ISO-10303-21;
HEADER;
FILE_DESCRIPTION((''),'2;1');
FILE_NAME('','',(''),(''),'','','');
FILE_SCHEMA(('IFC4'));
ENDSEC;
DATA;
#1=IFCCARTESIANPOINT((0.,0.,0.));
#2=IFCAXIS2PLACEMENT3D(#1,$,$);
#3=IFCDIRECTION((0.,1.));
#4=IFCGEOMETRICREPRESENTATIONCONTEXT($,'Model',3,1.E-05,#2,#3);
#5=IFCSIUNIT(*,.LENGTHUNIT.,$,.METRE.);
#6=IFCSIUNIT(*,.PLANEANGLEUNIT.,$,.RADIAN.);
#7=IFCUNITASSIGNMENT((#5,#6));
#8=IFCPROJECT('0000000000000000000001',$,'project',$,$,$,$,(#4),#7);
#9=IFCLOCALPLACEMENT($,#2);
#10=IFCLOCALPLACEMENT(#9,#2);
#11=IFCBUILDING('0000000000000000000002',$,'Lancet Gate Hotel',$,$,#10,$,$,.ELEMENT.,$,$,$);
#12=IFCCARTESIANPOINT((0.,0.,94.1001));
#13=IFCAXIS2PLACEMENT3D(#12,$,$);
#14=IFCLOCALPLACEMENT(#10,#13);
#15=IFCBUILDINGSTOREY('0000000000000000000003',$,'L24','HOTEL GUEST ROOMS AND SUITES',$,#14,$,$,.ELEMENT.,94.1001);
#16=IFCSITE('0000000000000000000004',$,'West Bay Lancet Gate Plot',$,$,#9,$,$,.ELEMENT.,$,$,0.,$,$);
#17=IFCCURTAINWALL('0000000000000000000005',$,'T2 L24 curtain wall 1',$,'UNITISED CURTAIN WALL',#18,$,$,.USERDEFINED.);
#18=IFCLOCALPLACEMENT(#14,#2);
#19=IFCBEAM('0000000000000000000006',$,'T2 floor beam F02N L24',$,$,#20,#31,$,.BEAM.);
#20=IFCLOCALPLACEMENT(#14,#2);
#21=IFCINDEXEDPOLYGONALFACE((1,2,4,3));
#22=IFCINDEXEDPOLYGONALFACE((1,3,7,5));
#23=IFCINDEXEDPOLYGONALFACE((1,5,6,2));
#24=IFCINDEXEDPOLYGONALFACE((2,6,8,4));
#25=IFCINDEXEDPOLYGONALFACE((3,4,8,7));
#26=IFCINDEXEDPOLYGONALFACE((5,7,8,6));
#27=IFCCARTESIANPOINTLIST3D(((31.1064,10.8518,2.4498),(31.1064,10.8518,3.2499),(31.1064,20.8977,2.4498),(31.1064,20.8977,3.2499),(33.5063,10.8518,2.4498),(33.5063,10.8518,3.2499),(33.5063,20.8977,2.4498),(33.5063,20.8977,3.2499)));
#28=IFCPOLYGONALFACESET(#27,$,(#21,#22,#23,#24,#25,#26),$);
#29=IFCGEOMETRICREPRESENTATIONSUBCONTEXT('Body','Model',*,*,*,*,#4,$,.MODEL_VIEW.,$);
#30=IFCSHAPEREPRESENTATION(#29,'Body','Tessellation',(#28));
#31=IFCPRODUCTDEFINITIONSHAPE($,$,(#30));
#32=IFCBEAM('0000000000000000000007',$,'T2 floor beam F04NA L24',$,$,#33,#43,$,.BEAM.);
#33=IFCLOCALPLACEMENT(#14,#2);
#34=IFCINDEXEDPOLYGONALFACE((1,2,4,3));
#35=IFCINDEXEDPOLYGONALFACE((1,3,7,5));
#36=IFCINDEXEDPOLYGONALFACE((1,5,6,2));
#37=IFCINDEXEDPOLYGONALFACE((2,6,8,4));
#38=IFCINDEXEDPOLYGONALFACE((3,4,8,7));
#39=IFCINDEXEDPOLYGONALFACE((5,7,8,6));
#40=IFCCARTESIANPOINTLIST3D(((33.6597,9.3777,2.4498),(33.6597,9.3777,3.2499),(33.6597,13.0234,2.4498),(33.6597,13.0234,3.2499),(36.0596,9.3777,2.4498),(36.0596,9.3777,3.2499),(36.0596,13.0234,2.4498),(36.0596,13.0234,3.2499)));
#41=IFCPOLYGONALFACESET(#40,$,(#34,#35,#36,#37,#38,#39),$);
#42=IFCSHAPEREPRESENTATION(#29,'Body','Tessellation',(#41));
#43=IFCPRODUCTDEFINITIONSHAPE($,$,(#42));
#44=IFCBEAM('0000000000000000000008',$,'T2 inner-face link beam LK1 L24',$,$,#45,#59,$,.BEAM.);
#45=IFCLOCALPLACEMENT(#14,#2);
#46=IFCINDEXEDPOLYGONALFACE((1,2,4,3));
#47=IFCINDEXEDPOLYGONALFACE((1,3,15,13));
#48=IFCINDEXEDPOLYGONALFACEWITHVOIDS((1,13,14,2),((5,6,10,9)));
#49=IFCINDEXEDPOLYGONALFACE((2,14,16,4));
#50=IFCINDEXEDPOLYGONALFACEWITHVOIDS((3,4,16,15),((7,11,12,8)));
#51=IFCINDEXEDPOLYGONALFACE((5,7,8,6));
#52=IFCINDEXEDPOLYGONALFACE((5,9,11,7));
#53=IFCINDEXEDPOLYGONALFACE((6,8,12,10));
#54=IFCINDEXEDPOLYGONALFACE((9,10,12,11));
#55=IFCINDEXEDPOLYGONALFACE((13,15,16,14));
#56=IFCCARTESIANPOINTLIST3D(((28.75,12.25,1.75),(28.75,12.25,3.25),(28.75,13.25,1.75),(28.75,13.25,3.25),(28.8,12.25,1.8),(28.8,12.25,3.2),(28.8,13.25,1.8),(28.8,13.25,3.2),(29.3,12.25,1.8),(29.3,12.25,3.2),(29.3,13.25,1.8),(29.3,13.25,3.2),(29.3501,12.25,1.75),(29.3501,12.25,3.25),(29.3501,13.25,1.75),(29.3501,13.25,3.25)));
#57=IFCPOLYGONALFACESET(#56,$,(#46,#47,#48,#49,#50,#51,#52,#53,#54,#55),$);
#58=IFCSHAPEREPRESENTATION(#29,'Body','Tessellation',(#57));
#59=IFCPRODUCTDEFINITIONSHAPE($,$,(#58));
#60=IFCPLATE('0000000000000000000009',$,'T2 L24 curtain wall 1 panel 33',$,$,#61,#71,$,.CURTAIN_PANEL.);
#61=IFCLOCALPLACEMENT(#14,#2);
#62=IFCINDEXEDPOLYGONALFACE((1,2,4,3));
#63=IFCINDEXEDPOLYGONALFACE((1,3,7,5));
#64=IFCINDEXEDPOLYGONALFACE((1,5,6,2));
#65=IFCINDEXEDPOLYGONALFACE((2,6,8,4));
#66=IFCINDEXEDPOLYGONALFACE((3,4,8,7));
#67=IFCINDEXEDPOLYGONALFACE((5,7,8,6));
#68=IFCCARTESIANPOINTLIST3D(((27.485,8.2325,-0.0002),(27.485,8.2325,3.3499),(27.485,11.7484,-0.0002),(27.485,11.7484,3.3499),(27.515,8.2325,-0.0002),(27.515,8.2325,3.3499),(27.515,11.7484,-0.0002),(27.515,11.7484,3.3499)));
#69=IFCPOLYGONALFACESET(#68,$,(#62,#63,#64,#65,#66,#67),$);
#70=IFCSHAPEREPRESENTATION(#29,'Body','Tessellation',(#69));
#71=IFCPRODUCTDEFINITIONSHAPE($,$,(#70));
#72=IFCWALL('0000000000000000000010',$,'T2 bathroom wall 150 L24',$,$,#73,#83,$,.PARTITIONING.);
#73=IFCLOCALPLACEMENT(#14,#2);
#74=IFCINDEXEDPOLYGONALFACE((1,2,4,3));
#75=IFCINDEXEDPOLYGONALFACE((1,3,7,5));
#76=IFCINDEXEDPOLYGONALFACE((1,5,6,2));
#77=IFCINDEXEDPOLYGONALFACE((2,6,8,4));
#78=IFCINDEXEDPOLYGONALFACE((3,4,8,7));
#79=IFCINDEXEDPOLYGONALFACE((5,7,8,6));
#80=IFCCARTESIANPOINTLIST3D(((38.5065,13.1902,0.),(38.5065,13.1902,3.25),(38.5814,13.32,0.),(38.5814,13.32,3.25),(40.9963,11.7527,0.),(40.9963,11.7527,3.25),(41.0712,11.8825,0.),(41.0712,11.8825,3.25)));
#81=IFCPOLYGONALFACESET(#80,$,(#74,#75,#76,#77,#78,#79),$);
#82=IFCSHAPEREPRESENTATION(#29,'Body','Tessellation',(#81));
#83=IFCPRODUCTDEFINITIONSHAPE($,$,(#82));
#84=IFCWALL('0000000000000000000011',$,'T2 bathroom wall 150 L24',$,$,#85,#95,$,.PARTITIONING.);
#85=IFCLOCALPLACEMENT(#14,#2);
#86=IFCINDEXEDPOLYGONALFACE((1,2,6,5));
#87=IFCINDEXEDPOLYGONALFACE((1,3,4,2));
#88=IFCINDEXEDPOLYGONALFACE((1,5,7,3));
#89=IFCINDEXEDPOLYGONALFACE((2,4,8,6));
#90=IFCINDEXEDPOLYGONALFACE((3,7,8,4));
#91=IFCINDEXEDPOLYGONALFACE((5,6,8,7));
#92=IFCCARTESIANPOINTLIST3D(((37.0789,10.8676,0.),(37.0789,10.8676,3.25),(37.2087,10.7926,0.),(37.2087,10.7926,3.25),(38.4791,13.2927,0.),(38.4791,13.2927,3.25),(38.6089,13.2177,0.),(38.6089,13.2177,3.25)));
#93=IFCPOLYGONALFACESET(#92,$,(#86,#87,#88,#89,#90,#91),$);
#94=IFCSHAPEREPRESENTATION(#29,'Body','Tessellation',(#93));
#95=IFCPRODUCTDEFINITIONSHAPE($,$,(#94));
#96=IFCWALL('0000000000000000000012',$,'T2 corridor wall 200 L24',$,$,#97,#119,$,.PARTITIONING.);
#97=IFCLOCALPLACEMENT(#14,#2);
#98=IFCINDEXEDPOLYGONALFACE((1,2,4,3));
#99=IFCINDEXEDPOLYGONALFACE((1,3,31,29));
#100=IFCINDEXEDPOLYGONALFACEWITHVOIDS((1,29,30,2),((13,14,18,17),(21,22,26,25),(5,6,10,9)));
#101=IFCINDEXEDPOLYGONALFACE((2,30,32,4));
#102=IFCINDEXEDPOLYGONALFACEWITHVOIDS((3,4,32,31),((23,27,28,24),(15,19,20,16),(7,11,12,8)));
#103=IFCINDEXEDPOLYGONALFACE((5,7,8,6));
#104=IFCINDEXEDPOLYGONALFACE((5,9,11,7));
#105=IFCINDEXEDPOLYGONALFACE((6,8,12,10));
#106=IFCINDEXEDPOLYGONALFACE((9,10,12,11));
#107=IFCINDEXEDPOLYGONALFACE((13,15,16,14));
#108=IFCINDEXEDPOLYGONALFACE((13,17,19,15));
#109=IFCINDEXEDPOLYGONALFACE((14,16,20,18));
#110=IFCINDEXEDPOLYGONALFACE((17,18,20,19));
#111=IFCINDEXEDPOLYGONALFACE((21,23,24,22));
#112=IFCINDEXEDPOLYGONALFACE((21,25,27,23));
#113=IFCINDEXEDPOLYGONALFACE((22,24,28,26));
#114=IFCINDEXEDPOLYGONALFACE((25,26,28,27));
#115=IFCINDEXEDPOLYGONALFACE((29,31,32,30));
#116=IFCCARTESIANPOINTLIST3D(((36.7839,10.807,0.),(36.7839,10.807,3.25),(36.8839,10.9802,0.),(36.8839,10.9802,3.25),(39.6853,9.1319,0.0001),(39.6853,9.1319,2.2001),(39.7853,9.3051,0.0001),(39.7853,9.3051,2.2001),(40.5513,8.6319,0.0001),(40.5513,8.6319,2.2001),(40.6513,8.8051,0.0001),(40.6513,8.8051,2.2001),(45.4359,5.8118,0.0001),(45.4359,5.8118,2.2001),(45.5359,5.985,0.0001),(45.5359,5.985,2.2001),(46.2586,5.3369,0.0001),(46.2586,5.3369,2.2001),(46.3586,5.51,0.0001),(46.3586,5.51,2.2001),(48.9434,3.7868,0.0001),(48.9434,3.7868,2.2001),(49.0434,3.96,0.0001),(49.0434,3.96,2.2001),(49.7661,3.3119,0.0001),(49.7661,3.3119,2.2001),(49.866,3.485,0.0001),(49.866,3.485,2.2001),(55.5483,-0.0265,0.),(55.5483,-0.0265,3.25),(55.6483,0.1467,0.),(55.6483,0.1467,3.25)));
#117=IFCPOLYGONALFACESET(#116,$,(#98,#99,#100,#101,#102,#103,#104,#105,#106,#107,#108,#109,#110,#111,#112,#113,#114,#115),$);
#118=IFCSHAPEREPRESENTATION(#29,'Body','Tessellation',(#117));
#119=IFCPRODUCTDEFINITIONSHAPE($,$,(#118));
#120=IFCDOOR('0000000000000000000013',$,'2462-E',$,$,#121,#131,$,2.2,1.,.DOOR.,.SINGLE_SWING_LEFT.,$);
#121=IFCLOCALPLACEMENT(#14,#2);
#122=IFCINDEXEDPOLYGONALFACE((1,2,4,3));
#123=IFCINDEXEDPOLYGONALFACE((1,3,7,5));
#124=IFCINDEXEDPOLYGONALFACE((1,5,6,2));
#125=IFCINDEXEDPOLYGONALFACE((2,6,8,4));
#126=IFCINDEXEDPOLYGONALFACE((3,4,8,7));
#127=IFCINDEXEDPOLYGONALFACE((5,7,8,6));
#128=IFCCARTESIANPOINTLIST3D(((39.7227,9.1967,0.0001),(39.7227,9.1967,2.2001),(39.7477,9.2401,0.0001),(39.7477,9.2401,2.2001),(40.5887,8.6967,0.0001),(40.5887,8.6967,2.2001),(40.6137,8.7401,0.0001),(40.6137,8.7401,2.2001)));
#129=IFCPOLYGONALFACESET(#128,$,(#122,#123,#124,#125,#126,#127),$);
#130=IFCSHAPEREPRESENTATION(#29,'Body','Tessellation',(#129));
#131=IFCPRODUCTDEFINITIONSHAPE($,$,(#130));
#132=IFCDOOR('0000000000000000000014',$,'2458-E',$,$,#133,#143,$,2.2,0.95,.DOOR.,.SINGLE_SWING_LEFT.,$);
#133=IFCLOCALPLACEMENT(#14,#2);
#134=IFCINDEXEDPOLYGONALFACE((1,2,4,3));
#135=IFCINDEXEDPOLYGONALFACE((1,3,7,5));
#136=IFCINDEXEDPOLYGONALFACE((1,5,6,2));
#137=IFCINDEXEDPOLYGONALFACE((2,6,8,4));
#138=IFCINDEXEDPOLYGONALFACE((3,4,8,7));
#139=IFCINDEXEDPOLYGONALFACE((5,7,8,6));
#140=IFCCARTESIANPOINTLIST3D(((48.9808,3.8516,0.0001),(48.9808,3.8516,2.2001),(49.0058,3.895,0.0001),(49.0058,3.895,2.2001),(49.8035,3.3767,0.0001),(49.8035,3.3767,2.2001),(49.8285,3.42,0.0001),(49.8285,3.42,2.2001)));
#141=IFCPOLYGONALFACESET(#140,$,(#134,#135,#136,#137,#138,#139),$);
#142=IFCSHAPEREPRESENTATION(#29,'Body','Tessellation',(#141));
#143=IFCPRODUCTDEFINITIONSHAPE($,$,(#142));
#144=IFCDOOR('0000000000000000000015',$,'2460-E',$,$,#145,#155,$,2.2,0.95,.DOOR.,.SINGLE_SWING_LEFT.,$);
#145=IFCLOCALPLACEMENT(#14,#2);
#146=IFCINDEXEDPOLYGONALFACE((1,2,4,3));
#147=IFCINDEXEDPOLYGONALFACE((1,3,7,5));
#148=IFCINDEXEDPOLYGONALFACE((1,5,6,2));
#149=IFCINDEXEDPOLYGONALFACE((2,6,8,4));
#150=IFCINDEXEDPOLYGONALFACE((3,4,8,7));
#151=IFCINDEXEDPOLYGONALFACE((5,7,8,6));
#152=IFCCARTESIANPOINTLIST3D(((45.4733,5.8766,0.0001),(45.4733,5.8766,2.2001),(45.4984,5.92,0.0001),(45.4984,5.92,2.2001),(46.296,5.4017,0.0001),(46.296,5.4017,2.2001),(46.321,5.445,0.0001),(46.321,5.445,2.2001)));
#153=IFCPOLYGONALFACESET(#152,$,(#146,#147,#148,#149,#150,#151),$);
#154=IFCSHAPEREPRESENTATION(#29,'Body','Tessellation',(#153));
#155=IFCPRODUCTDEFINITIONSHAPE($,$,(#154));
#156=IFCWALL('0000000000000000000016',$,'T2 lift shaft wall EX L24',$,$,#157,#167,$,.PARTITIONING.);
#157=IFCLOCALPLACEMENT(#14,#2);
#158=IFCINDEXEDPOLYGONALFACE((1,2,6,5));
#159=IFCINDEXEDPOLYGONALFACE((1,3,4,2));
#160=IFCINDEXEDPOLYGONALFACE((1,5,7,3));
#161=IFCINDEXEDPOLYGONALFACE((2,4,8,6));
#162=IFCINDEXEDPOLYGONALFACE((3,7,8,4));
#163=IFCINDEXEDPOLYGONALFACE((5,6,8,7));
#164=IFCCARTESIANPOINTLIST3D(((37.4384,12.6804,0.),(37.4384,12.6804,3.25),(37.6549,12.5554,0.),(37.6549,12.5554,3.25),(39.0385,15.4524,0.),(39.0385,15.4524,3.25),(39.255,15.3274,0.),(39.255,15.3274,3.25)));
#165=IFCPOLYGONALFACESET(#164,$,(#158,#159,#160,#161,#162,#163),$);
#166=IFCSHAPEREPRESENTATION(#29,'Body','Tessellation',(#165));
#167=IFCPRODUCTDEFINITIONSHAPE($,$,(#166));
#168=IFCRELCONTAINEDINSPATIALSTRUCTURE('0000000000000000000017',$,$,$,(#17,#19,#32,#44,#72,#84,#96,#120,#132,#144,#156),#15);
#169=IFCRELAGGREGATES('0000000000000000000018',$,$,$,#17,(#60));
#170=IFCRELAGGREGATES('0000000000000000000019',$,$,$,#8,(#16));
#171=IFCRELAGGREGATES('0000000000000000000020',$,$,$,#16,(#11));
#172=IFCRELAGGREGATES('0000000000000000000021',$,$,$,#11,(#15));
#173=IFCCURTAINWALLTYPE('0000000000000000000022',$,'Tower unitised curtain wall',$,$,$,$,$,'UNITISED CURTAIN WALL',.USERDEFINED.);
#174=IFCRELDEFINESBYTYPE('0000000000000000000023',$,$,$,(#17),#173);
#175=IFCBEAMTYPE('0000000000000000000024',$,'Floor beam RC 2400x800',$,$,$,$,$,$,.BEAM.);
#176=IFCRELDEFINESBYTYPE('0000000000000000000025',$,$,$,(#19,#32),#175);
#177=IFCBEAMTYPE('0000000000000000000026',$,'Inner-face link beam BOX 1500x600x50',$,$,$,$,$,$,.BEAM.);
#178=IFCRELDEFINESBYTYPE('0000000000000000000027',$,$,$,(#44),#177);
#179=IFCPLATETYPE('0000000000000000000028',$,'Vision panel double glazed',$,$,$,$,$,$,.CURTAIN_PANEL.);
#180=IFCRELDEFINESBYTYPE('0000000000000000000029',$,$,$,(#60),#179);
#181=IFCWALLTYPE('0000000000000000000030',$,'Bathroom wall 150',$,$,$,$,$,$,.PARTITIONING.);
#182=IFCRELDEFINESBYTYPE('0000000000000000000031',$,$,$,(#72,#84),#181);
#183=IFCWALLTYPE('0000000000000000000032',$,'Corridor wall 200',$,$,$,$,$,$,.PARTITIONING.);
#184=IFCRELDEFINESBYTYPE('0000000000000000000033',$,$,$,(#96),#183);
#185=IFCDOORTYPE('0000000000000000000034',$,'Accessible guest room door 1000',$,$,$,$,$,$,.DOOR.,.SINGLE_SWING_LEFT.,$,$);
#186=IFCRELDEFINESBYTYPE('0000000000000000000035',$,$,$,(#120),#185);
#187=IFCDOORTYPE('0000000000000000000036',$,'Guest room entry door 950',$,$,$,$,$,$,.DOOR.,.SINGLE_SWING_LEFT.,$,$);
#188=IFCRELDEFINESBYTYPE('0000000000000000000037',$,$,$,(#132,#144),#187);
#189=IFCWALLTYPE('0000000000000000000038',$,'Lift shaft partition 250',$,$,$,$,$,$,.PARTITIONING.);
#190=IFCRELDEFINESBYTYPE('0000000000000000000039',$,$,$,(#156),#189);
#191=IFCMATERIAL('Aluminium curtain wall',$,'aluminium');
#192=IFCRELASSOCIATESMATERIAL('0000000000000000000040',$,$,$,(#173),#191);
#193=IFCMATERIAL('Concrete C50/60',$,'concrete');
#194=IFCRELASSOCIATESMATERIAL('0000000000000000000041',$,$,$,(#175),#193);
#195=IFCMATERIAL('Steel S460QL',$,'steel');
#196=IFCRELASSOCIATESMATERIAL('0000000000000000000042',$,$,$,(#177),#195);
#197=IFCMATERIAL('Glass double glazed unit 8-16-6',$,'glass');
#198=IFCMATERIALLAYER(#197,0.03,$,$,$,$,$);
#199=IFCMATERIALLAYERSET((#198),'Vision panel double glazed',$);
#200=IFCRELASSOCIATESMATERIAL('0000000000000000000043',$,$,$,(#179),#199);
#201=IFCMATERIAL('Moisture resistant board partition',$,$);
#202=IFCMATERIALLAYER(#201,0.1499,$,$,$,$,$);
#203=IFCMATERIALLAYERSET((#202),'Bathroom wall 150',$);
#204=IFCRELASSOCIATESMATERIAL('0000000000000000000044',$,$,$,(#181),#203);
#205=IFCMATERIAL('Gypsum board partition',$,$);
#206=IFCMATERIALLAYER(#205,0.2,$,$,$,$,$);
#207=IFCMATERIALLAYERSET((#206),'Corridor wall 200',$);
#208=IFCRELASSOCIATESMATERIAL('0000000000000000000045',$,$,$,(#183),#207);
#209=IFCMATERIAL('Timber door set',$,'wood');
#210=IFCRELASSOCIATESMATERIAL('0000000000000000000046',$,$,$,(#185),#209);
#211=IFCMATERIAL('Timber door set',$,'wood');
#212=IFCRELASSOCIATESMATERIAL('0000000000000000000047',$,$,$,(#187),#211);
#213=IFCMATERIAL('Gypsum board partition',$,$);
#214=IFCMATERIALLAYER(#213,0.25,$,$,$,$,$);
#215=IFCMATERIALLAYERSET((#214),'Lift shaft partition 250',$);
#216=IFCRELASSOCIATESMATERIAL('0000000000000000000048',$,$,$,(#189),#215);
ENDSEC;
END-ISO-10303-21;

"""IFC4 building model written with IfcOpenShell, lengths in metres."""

from ifc_helpers import new_model, si_unit, direction, frame, frame_2d, origin, origin_2d, place, context, subcontext, project, spatial, rectangle, hollow_rectangle, extrude, material, layer, layer_set, material_profile, profile_set, type_object, element, fill, aggregate, save


model = new_model("IFC4")

# Units and contexts
model_context = context("Model", 3, precision=1e-05, world=origin(), true_north=direction((0.0, 1.0)))
body_context = subcontext(model_context, "Body", "Model", "MODEL_VIEW")
ifc_project = project(units=[si_unit("LENGTHUNIT", "METRE"), si_unit("PLANEANGLEUNIT", "RADIAN")], contexts=[model_context])

# Site, building, storey
site_placement = place(None, origin())
site = spatial("IfcSite", under=ifc_project, at=site_placement, Name="West Bay Lancet Gate Plot", CompositionType="ELEMENT", RefElevation=0.0)
building_placement = place(site_placement, origin())
building = spatial("IfcBuilding", under=site, at=building_placement, Name="Lancet Gate Hotel", CompositionType="ELEMENT")
storey_placement = place(building_placement, frame((0.0, 0.0, 94.1001)))
storey = spatial("IfcBuildingStorey", under=building, at=storey_placement, Name="L24", Description="HOTEL GUEST ROOMS AND SUITES", CompositionType="ELEMENT", Elevation=94.1001)

# Curtain wall
ifc_material_1 = material(Name="Aluminium curtain wall", Category="aluminium")
curtain_wall_type = type_object("IfcCurtainWallType", Name="Tower unitised curtain wall", ElementType="UNITISED CURTAIN WALL", PredefinedType="USERDEFINED", material=ifc_material_1)
curtain_wall_placement = place(storey_placement, origin())
curtain_wall = element("IfcCurtainWall", 1, at=curtain_wall_placement, inside=storey, type_object=curtain_wall_type, Name="T2 L24 curtain wall 1", ObjectType="UNITISED CURTAIN WALL", PredefinedType="USERDEFINED")

# Beams
ifc_material_2 = material(Name="Concrete C50/60", Category="concrete")
ifc_material_profile_1 = material_profile(ifc_material_2, rectangle(XDim=2.3999, YDim=0.8, at=origin_2d()), Name="RC 2400x800")
ifc_profile_set_1 = profile_set([ifc_material_profile_1], Name="Concrete C50/60")
beam_type_1 = type_object("IfcBeamType", Name="Floor beam RC 2400x800", PredefinedType="BEAM", material=ifc_profile_set_1)
beam_1_placement = place(storey_placement, frame((32.3064, 10.8518, 2.8499), z_axis=(0.0, 1.0, 0.0), x_axis=(-1.0, 0.0, 0.0)))
element("IfcBeam", 2, at=beam_1_placement, inside=storey, type_object=beam_type_1, Name="T2 floor beam F02N L24", PredefinedType="BEAM", context=body_context, shape_type="SweptSolid", body=[
    extrude(rectangle(XDim=2.3999, YDim=0.8, at=origin_2d()), origin(), (0.0, 0.0, 1.0), 10.0459),
])
beam_2_placement = place(storey_placement, frame((34.8596, 9.3777, 2.8499), z_axis=(0.0, 1.0, 0.0), x_axis=(-1.0, 0.0, 0.0)))
element("IfcBeam", 3, at=beam_2_placement, inside=storey, type_object=beam_type_1, Name="T2 floor beam F04NA L24", PredefinedType="BEAM", context=body_context, shape_type="SweptSolid", body=[
    extrude(rectangle(XDim=2.3999, YDim=0.8, at=origin_2d()), origin(), (0.0, 0.0, 1.0), 3.6458),
])
ifc_material_3 = material(Name="Steel S460QL", Category="steel")
ifc_material_profile_2 = material_profile(ifc_material_3, hollow_rectangle(XDim=0.6001, YDim=1.5, WallThickness=0.05, at=origin_2d()), Name="BOX 1500x600x50")
ifc_profile_set_2 = profile_set([ifc_material_profile_2], Name="Steel S460QL")
beam_type_2 = type_object("IfcBeamType", Name="Inner-face link beam BOX 1500x600x50", PredefinedType="BEAM", material=ifc_profile_set_2)
beam_3_placement = place(storey_placement, frame((29.05, 12.25, 2.5), z_axis=(0.0, 1.0, 0.0), x_axis=(-1.0, 0.0, 0.0)))
element("IfcBeam", 4, at=beam_3_placement, inside=storey, type_object=beam_type_2, Name="T2 inner-face link beam LK1 L24", PredefinedType="BEAM", context=body_context, shape_type="SweptSolid", body=[
    extrude(hollow_rectangle(XDim=0.6001, YDim=1.5, WallThickness=0.05, at=origin_2d()), origin(), (0.0, 0.0, 1.0), 1.0),
])

# Plate
ifc_material_4 = material(Name="Glass double glazed unit 8-16-6", Category="glass")
ifc_layer_1 = layer(ifc_material_4, 0.03)
ifc_layer_set_1 = layer_set([ifc_layer_1], Name="Vision panel double glazed")
plate_type = type_object("IfcPlateType", Name="Vision panel double glazed", PredefinedType="CURTAIN_PANEL", material=ifc_layer_set_1)
plate_placement = place(storey_placement, frame((27.5, 9.9905, -0.0002), z_axis=(0.0, 0.0, 1.0), x_axis=(0.0, -1.0, 0.0)))
plate = element("IfcPlate", 5, at=plate_placement, type_object=plate_type, Name="T2 L24 curtain wall 1 panel 33", PredefinedType="CURTAIN_PANEL", context=body_context, shape_type="SweptSolid", body=[
    extrude(rectangle(XDim=3.5159, YDim=0.03, at=origin_2d()), origin(), (0.0, 0.0, 1.0), 3.3501),
])
aggregate(curtain_wall, [plate])

# Walls
ifc_material_5 = material(Name="Moisture resistant board partition")
ifc_layer_2 = layer(ifc_material_5, 0.1499)
ifc_layer_set_2 = layer_set([ifc_layer_2], Name="Bathroom wall 150")
wall_type_1 = type_object("IfcWallType", Name="Bathroom wall 150", PredefinedType="PARTITIONING", material=ifc_layer_set_2)
wall_1_placement = place(storey_placement, frame((38.5439, 13.2551, 0.0), z_axis=(0.0, 0.0, 1.0), x_axis=(0.866019, -0.500012, 0.0)))
element("IfcWall", 6, at=wall_1_placement, inside=storey, type_object=wall_type_1, Name="T2 bathroom wall 150 L24", PredefinedType="PARTITIONING", context=body_context, shape_type="SweptSolid", body=[
    extrude(rectangle(XDim=2.875, YDim=0.1499, at=frame_2d((1.4375, 0.0))), origin(), (0.0, 0.0, 1.0), 3.25),
])
wall_2_placement = place(storey_placement, frame((37.1438, 10.8301, 0.0), z_axis=(0.0, 0.0, 1.0), x_axis=(0.500012, 0.866019, 0.0)))
element("IfcWall", 7, at=wall_2_placement, inside=storey, type_object=wall_type_1, Name="T2 bathroom wall 150 L24", PredefinedType="PARTITIONING", context=body_context, shape_type="SweptSolid", body=[
    extrude(rectangle(XDim=2.8003, YDim=0.1499, at=frame_2d((1.4001, 0.0))), origin(), (0.0, 0.0, 1.0), 3.25),
])

# Wall, openings, doors
ifc_material_6 = material(Name="Gypsum board partition")
ifc_layer_3 = layer(ifc_material_6, 0.2)
ifc_layer_set_3 = layer_set([ifc_layer_3], Name="Corridor wall 200")
wall_type_2 = type_object("IfcWallType", Name="Corridor wall 200", PredefinedType="PARTITIONING", material=ifc_layer_set_3)
wall_3_placement = place(storey_placement, frame((36.834, 10.8936, 0.0), z_axis=(0.0, 0.0, 1.0), x_axis=(0.866028, -0.499995, 0.0)))
wall_3 = element("IfcWall", 8, at=wall_3_placement, inside=storey, type_object=wall_type_2, Name="T2 corridor wall 200 L24", PredefinedType="PARTITIONING", context=body_context, shape_type="SweptSolid", body=[
    extrude(rectangle(XDim=21.6672, YDim=0.2, at=frame_2d((10.8335, 0.0))), origin(), (0.0, 0.0, 1.0), 3.25),
])
opening_1_placement = place(wall_3_placement, frame((14.0403, 0.0, 0.0)))
opening_1 = element("IfcOpeningElement", 9, at=opening_1_placement, cuts=wall_3, PredefinedType="OPENING", context=body_context, shape_type="SweptSolid", body=[
    extrude(rectangle(XDim=0.95, YDim=2.2, at=frame_2d((0.4751, 1.1001))), frame((0.0, 0.1099, 0.0), z_axis=(0.0, -1.0, 0.0), x_axis=(1.0, 0.0, 0.0)), (0.0, 0.0, 1.0), 0.22),
])
opening_2_placement = place(wall_3_placement, frame((9.9902, 0.0, 0.0)))
opening_2 = element("IfcOpeningElement", 10, at=opening_2_placement, cuts=wall_3, PredefinedType="OPENING", context=body_context, shape_type="SweptSolid", body=[
    extrude(rectangle(XDim=0.95, YDim=2.2, at=frame_2d((0.4751, 1.1001))), frame((0.0, 0.1099, 0.0), z_axis=(0.0, -1.0, 0.0), x_axis=(1.0, 0.0, 0.0)), (0.0, 0.0, 1.0), 0.22),
])
opening_3_placement = place(wall_3_placement, frame((3.3501, 0.0, 0.0)))
opening_3 = element("IfcOpeningElement", 11, at=opening_3_placement, cuts=wall_3, PredefinedType="OPENING", context=body_context, shape_type="SweptSolid", body=[
    extrude(rectangle(XDim=1.0, YDim=2.2, at=frame_2d((0.5, 1.1001))), frame((0.0, 0.1099, 0.0), z_axis=(0.0, -1.0, 0.0), x_axis=(1.0, 0.0, 0.0)), (0.0, 0.0, 1.0), 0.22),
])
ifc_material_7 = material(Name="Timber door set", Category="wood")
door_type_1 = type_object("IfcDoorType", Name="Accessible guest room door 1000", OperationType="SINGLE_SWING_LEFT", PredefinedType="DOOR", material=ifc_material_7)
door_1_placement = place(opening_3_placement, origin())
door_1 = element("IfcDoor", 12, at=door_1_placement, inside=storey, type_object=door_type_1, Name="2462-E", OperationType="SINGLE_SWING_LEFT", OverallHeight=2.2, OverallWidth=1.0, PredefinedType="DOOR", context=body_context, shape_type="SweptSolid", body=[
    extrude(rectangle(XDim=1.0, YDim=2.2, at=frame_2d((0.5, 1.1001))), frame((0.0, 0.0249, 0.0), z_axis=(0.0, -1.0, 0.0), x_axis=(1.0, 0.0, 0.0)), (0.0, 0.0, 1.0), 0.05),
])
fill(opening_3, door_1)
ifc_material_8 = material(Name="Timber door set", Category="wood")
door_type_2 = type_object("IfcDoorType", Name="Guest room entry door 950", OperationType="SINGLE_SWING_LEFT", PredefinedType="DOOR", material=ifc_material_8)
door_2_placement = place(opening_1_placement, origin())
door_2 = element("IfcDoor", 13, at=door_2_placement, inside=storey, type_object=door_type_2, Name="2458-E", OperationType="SINGLE_SWING_LEFT", OverallHeight=2.2, OverallWidth=0.95, PredefinedType="DOOR", context=body_context, shape_type="SweptSolid", body=[
    extrude(rectangle(XDim=0.95, YDim=2.2, at=frame_2d((0.4751, 1.1001))), frame((0.0, 0.0249, 0.0), z_axis=(0.0, -1.0, 0.0), x_axis=(1.0, 0.0, 0.0)), (0.0, 0.0, 1.0), 0.05),
])
fill(opening_1, door_2)
door_3_placement = place(opening_2_placement, origin())
door_3 = element("IfcDoor", 14, at=door_3_placement, inside=storey, type_object=door_type_2, Name="2460-E", OperationType="SINGLE_SWING_LEFT", OverallHeight=2.2, OverallWidth=0.95, PredefinedType="DOOR", context=body_context, shape_type="SweptSolid", body=[
    extrude(rectangle(XDim=0.95, YDim=2.2, at=frame_2d((0.4751, 1.1001))), frame((0.0, 0.0249, 0.0), z_axis=(0.0, -1.0, 0.0), x_axis=(1.0, 0.0, 0.0)), (0.0, 0.0, 1.0), 0.05),
])
fill(opening_2, door_3)

# Wall
ifc_material_9 = material(Name="Gypsum board partition")
ifc_layer_4 = layer(ifc_material_9, 0.25)
ifc_layer_set_4 = layer_set([ifc_layer_4], Name="Lift shaft partition 250")
wall_type_3 = type_object("IfcWallType", Name="Lift shaft partition 250", PredefinedType="PARTITIONING", material=ifc_layer_set_4)
wall_4_placement = place(storey_placement, frame((37.5466, 12.6179, 0.0), z_axis=(0.0, 0.0, 1.0), x_axis=(0.499929, 0.866066, 0.0)))
element("IfcWall", 15, at=wall_4_placement, inside=storey, type_object=wall_type_3, Name="T2 lift shaft wall EX L24", PredefinedType="PARTITIONING", context=body_context, shape_type="SweptSolid", body=[
    extrude(rectangle(XDim=3.2007, YDim=0.25, at=frame_2d((1.6003, 0.0))), origin(), (0.0, 0.0, 1.0), 3.25),
])

save(model, "model.ifc")
